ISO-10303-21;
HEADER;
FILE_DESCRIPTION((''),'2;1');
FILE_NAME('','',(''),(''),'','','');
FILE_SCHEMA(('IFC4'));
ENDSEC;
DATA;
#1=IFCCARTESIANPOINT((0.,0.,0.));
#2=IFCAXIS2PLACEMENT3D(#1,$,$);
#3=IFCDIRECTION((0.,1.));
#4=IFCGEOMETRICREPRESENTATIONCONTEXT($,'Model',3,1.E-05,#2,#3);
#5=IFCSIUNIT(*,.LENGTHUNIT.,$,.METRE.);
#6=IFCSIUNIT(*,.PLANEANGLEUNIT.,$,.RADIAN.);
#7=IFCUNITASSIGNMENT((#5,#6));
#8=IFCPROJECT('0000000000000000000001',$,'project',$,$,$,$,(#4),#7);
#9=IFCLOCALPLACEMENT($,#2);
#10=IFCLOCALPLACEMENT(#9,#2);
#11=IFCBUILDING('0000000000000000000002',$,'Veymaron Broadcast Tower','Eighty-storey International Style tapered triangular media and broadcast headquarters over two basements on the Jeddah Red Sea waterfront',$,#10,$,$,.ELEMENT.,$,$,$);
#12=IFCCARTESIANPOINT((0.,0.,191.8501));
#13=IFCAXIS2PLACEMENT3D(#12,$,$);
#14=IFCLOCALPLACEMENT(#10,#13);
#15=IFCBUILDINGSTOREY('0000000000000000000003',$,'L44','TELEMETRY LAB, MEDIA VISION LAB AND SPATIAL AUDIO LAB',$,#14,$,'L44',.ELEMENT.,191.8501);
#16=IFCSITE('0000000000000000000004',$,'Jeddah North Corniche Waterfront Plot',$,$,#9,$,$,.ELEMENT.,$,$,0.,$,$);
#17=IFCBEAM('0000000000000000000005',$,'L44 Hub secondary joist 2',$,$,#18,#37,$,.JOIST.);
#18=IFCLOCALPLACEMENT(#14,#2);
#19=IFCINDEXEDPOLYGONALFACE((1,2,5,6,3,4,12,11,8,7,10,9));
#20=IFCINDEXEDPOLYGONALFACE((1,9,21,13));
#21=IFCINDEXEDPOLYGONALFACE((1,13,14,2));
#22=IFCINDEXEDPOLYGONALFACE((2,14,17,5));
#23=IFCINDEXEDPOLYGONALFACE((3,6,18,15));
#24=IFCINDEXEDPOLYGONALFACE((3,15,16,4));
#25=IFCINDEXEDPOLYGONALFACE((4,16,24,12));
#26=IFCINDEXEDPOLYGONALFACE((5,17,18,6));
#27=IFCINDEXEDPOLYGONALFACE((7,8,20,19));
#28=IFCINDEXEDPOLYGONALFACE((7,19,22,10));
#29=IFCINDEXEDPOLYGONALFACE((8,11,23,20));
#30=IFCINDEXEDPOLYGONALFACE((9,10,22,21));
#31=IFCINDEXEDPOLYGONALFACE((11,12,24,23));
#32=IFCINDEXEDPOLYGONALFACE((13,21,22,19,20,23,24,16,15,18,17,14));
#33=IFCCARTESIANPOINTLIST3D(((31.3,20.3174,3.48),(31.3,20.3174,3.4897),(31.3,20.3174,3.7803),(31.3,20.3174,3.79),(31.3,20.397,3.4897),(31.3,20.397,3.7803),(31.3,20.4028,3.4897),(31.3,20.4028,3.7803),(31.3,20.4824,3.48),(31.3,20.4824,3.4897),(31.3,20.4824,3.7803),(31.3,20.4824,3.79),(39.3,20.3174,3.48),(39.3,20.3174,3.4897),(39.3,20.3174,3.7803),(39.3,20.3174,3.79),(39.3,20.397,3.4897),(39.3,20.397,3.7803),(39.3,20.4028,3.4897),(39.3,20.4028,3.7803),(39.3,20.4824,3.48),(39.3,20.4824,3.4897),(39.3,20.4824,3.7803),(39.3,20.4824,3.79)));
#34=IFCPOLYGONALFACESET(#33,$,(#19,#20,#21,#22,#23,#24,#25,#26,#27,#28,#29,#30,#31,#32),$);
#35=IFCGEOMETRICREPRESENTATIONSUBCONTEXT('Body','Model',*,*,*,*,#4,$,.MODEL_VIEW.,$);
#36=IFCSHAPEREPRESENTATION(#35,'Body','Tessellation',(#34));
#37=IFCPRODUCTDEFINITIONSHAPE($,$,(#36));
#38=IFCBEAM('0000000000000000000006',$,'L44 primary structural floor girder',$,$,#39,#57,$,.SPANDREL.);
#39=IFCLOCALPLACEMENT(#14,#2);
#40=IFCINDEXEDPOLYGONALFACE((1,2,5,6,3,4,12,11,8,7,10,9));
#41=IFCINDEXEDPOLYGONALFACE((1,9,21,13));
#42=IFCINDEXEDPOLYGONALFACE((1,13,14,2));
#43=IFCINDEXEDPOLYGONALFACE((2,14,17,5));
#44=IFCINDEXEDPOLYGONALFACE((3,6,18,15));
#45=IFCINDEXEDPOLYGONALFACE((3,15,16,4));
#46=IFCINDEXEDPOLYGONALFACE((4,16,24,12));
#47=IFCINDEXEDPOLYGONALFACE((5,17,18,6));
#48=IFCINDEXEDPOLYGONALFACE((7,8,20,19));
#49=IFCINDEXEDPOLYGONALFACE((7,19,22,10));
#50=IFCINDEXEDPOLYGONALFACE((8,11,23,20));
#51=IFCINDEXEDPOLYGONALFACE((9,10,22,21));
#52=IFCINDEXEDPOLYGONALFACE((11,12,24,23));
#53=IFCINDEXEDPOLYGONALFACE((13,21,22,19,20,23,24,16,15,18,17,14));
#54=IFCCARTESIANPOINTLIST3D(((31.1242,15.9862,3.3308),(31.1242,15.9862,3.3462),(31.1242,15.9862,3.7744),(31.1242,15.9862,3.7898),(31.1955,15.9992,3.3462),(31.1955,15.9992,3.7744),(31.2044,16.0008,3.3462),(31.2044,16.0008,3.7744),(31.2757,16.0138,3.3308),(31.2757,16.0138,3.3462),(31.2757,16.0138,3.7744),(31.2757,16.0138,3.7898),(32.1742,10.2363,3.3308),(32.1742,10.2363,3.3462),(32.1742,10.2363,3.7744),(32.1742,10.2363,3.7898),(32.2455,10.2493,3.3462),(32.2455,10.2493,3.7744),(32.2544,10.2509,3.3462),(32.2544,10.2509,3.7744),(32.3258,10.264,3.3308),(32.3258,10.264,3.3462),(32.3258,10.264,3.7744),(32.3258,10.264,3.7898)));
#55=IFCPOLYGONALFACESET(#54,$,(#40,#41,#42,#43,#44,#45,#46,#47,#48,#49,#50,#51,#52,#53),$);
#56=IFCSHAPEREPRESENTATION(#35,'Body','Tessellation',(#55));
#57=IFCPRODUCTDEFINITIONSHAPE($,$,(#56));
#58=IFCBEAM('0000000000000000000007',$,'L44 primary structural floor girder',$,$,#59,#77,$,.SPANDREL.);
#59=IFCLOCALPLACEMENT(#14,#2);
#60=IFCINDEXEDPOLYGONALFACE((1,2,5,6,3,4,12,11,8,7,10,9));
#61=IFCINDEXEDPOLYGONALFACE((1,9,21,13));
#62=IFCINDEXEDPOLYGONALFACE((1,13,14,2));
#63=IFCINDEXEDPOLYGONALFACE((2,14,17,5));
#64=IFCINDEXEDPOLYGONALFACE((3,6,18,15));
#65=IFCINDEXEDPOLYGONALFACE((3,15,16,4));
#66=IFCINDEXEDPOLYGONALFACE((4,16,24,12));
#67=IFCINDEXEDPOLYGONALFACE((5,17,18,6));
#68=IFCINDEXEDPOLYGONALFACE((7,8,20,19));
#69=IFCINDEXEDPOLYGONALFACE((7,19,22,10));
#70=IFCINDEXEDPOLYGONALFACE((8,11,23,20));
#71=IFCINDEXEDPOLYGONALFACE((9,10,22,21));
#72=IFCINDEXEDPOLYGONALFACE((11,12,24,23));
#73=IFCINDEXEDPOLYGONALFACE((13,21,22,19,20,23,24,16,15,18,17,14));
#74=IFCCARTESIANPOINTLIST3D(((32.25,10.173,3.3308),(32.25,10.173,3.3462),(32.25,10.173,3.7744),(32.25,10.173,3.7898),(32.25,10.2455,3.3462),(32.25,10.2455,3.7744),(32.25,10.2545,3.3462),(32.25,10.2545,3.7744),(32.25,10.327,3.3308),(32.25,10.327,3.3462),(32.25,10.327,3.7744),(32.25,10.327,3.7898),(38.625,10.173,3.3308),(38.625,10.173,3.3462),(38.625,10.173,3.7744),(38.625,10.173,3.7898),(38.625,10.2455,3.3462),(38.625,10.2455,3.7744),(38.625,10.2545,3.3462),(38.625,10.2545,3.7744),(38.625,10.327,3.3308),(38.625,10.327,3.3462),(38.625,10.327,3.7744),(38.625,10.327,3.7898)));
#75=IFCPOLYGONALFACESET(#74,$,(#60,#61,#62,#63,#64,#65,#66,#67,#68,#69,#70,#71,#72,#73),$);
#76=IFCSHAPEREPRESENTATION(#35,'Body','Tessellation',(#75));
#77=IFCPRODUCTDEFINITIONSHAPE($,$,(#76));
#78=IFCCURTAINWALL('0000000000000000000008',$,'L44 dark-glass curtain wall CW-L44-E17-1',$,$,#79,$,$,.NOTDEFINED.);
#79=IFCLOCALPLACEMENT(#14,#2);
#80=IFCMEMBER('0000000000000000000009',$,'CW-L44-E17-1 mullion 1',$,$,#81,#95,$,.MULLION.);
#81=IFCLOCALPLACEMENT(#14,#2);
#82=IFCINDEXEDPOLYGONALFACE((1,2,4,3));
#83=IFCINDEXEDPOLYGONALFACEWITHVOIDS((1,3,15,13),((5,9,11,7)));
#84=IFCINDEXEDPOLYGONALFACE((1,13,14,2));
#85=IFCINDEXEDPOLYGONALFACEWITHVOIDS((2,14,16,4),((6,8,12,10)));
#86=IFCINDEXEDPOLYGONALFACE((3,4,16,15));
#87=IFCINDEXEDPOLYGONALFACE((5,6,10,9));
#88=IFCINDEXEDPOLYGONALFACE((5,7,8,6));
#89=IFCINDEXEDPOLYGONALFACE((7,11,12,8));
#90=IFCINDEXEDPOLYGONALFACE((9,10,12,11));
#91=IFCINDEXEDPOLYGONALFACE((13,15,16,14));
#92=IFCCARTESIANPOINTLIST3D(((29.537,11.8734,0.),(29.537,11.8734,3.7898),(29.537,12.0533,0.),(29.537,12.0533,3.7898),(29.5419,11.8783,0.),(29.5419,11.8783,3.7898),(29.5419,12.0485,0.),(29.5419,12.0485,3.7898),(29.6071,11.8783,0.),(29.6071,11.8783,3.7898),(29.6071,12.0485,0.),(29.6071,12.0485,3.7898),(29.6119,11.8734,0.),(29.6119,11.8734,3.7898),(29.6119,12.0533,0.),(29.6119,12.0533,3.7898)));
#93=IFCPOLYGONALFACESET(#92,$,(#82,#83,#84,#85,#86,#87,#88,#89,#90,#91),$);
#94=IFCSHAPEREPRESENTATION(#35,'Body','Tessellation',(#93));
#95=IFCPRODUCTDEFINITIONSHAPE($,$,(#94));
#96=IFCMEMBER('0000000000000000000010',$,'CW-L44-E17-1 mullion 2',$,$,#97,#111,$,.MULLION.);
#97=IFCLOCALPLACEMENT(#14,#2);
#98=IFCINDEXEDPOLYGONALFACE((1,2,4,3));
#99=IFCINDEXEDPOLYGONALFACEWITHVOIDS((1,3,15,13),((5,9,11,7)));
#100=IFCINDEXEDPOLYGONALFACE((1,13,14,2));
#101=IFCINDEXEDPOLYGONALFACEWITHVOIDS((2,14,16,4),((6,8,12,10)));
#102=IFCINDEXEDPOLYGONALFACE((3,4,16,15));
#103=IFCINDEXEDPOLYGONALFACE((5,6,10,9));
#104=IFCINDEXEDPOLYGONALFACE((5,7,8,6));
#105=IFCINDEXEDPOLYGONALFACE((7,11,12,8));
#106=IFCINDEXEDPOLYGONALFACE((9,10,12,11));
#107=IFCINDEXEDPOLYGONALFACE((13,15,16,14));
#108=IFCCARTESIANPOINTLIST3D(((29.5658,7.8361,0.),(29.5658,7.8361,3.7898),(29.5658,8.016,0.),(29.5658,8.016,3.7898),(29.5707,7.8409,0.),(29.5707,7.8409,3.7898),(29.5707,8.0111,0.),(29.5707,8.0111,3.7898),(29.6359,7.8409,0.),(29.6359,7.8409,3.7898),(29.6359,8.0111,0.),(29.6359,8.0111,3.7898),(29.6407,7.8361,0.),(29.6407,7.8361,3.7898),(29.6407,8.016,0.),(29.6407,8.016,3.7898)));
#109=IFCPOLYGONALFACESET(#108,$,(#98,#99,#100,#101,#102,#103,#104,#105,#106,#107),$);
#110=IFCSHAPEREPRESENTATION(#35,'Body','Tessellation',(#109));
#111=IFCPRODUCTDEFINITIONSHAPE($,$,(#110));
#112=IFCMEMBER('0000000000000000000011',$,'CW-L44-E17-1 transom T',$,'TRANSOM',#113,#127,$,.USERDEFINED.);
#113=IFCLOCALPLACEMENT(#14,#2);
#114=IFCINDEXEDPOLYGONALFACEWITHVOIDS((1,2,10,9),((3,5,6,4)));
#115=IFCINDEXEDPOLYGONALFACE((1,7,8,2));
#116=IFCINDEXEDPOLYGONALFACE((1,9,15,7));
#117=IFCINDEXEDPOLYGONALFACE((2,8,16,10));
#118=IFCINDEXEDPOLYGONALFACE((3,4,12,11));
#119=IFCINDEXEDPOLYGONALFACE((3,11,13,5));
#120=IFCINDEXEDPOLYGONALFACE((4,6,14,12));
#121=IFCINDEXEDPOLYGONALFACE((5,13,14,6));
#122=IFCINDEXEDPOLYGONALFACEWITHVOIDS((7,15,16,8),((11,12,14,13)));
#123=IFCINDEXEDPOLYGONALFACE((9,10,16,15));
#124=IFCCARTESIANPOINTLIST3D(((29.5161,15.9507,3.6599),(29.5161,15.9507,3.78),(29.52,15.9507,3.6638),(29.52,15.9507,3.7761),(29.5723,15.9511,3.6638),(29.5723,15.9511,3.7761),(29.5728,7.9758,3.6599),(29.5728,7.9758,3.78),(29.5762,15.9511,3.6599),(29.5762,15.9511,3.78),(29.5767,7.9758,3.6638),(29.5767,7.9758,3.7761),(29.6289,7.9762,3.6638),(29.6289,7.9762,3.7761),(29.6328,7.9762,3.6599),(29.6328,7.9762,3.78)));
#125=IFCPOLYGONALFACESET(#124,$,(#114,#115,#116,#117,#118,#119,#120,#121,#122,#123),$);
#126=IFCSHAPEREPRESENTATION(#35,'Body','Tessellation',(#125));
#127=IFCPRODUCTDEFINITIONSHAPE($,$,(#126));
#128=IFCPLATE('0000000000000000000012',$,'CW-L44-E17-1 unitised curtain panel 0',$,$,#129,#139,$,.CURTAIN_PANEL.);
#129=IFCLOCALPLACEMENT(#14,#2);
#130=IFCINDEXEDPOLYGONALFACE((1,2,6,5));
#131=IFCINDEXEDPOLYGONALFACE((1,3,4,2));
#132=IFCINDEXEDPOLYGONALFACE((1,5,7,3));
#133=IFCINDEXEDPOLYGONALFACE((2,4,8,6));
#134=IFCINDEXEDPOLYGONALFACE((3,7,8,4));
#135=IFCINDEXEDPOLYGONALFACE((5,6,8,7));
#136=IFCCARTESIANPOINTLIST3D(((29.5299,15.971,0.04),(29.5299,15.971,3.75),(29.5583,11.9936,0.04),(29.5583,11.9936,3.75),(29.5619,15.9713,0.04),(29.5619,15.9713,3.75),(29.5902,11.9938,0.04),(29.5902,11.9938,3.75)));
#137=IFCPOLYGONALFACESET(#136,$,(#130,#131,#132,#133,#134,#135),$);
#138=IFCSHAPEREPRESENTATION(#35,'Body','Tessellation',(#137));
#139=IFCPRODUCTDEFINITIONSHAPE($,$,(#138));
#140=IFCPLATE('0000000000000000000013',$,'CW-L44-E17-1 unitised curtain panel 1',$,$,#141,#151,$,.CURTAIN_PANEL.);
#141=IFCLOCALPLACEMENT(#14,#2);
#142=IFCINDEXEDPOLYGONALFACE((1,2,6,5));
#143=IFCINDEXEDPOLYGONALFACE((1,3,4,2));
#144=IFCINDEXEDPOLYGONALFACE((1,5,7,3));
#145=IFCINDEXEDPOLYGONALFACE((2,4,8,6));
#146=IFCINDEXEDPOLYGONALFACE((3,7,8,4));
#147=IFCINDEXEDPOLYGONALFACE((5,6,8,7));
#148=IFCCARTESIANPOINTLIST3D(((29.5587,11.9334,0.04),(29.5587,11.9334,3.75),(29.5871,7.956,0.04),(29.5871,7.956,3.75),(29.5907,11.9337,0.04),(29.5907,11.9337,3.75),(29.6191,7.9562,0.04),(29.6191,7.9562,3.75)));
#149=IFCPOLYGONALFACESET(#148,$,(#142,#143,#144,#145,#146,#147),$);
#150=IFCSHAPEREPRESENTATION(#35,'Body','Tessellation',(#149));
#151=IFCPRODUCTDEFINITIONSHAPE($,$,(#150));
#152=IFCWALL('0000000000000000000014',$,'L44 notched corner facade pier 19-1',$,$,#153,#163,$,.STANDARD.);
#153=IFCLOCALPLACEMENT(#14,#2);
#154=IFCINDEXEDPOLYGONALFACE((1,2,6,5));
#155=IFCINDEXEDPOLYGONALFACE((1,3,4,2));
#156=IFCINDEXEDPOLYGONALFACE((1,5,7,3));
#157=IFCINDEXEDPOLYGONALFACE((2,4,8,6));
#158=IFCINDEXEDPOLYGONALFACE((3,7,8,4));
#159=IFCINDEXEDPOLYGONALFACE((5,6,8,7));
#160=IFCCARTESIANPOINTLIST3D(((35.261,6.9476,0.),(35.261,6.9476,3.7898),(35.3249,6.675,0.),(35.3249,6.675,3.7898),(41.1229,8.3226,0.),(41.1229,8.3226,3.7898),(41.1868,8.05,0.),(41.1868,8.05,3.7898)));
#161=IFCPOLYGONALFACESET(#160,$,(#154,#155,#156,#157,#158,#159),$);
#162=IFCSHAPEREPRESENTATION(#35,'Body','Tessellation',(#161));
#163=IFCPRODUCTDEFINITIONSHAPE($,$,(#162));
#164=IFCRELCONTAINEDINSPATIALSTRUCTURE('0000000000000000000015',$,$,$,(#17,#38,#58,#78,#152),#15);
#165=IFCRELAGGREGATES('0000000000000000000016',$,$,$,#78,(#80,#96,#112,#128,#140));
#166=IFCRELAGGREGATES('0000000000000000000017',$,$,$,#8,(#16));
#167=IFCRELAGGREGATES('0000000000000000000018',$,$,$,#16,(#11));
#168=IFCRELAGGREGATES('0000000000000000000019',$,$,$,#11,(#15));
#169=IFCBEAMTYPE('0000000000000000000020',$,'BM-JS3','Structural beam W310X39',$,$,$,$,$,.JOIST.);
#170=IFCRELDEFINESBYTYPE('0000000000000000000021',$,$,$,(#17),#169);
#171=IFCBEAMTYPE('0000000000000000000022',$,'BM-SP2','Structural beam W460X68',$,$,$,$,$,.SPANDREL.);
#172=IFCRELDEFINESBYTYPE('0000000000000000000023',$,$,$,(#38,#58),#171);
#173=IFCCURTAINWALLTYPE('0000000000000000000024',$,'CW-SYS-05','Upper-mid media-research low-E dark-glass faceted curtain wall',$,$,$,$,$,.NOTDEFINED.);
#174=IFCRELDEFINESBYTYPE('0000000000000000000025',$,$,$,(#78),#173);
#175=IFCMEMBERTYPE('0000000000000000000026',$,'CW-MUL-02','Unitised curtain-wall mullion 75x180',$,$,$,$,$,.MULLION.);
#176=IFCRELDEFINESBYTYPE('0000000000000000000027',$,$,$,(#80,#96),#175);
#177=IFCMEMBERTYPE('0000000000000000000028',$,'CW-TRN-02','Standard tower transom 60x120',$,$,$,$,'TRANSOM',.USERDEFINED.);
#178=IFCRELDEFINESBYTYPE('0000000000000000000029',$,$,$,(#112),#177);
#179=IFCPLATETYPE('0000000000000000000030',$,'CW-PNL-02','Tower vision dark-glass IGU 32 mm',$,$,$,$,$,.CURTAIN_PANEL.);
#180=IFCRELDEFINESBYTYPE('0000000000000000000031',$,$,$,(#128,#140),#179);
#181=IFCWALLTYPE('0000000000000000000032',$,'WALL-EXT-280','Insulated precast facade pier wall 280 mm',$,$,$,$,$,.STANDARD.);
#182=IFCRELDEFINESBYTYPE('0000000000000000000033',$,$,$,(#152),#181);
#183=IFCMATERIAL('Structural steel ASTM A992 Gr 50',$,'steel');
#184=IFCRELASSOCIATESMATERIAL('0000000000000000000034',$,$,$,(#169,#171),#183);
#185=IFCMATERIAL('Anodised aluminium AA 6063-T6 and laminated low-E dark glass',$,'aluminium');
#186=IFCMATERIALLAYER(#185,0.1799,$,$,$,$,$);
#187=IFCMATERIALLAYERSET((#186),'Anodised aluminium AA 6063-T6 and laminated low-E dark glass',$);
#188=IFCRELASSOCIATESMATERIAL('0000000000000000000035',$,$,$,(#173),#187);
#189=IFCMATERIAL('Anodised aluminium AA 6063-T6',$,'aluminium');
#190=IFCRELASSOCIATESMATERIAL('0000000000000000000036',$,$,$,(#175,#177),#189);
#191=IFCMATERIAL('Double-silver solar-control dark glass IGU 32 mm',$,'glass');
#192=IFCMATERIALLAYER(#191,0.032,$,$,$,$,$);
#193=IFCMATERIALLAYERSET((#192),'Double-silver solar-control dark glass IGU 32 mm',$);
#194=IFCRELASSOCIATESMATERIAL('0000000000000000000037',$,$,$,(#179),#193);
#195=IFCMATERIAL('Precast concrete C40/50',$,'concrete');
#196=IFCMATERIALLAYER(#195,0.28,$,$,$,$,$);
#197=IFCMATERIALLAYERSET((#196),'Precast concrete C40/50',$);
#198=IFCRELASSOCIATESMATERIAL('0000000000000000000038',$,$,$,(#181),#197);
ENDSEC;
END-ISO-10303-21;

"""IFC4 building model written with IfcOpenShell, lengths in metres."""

from ifc_helpers import new_model, si_unit, direction, frame, frame_2d, origin, origin_2d, place, context, subcontext, project, spatial, rectangle, hollow_rectangle, i_section, extrude, material, layer, layer_set, material_profile, profile_set, type_object, element, aggregate, save


model = new_model("IFC4")

# Units and contexts
model_context = context("Model", 3, precision=1e-05, world=origin(), true_north=direction((0.0, 1.0)))
body_context = subcontext(model_context, "Body", "Model", "MODEL_VIEW")
ifc_project = project(units=[si_unit("LENGTHUNIT", "METRE"), si_unit("PLANEANGLEUNIT", "RADIAN")], contexts=[model_context])

# Site, building, storey
site_placement = place(None, origin())
site = spatial("IfcSite", under=ifc_project, at=site_placement, Name="Jeddah North Corniche Waterfront Plot", CompositionType="ELEMENT", RefElevation=0.0)
building_placement = place(site_placement, origin())
building = spatial("IfcBuilding", under=site, at=building_placement, Name="Veymaron Broadcast Tower", Description="Eighty-storey International Style tapered triangular media and broadcast headquarters over two basements on the Jeddah Red Sea waterfront", CompositionType="ELEMENT")
storey_placement = place(building_placement, frame((0.0, 0.0, 191.8501)))
storey = spatial("IfcBuildingStorey", under=building, at=storey_placement, Name="L44", Description="TELEMETRY LAB, MEDIA VISION LAB AND SPATIAL AUDIO LAB", LongName="L44", CompositionType="ELEMENT", Elevation=191.8501)

# Shared definitions
ifc_material_1 = material(Name="Structural steel ASTM A992 Gr 50", Category="steel")

# Beams
ifc_material_profile_1 = material_profile(ifc_material_1, i_section(OverallWidth=0.165, OverallDepth=0.3101, WebThickness=0.0059, FlangeThickness=0.0098, at=origin_2d()), Name="W310X39")
ifc_profile_set_1 = profile_set([ifc_material_profile_1], Name="Structural steel ASTM A992 Gr 50")
beam_type_1 = type_object("IfcBeamType", Name="BM-JS3", Description="Structural beam W310X39", PredefinedType="JOIST", material=ifc_profile_set_1)
for number, where, z_axis, x_axis, name in (
    (1, (31.3, 20.3999, 3.635), (1.0, 0.0, 0.0), (0.0, 1.0, 0.0), "L44 Hub secondary joist 2"),
):
    element("IfcBeam", number, at=place(storey_placement, frame(where, z_axis=z_axis, x_axis=x_axis)), inside=storey, type_object=beam_type_1, Name=name, PredefinedType="JOIST", context=body_context, shape_type="SweptSolid", body=[
        extrude(i_section(OverallWidth=0.165, OverallDepth=0.3101, WebThickness=0.0059, FlangeThickness=0.0098, at=origin_2d()), origin(), (0.0, 0.0, 1.0), 8.0),
    ])
ifc_material_profile_2 = material_profile(ifc_material_1, i_section(OverallWidth=0.1541, OverallDepth=0.459, WebThickness=0.009, FlangeThickness=0.0154, at=origin_2d()), Name="W460X68")
ifc_profile_set_2 = profile_set([ifc_material_profile_2], Name="Structural steel ASTM A992 Gr 50")
beam_type_2 = type_object("IfcBeamType", Name="BM-SP2", Description="Structural beam W460X68", PredefinedType="SPANDREL", material=ifc_profile_set_2)
beam_1_placement = place(storey_placement, frame((31.2, 16.0, 3.5603), z_axis=(0.179646, -0.983731, 0.0), x_axis=(0.983731, 0.179646, 0.0)))
element("IfcBeam", 2, at=beam_1_placement, inside=storey, type_object=beam_type_2, Name="L44 primary structural floor girder", PredefinedType="SPANDREL", context=body_context, shape_type="SweptSolid", body=[
    extrude(i_section(OverallWidth=0.1541, OverallDepth=0.459, WebThickness=0.009, FlangeThickness=0.0154, at=origin_2d()), origin(), (0.0, 0.0, 1.0), 5.845),
])
beam_2_placement = place(storey_placement, frame((32.25, 10.25, 3.5603), z_axis=(1.0, 0.0, 0.0), x_axis=(0.0, 1.0, 0.0)))
element("IfcBeam", 3, at=beam_2_placement, inside=storey, type_object=beam_type_2, Name="L44 primary structural floor girder", PredefinedType="SPANDREL", context=body_context, shape_type="SweptSolid", body=[
    extrude(i_section(OverallWidth=0.1541, OverallDepth=0.459, WebThickness=0.009, FlangeThickness=0.0154, at=origin_2d()), origin(), (0.0, 0.0, 1.0), 6.375),
])

# Curtain wall, members, plates
ifc_material_2 = material(Name="Anodised aluminium AA 6063-T6 and laminated low-E dark glass", Category="aluminium")
ifc_layer_1 = layer(ifc_material_2, 0.1799)
ifc_layer_set_1 = layer_set([ifc_layer_1], Name="Anodised aluminium AA 6063-T6 and laminated low-E dark glass")
curtain_wall_type = type_object("IfcCurtainWallType", Name="CW-SYS-05", Description="Upper-mid media-research low-E dark-glass faceted curtain wall", PredefinedType="NOTDEFINED", material=ifc_layer_set_1)
curtain_wall_placement = place(storey_placement, origin())
curtain_wall = element("IfcCurtainWall", 4, at=curtain_wall_placement, inside=storey, type_object=curtain_wall_type, Name="L44 dark-glass curtain wall CW-L44-E17-1", PredefinedType="NOTDEFINED")
ifc_material_3 = material(Name="Anodised aluminium AA 6063-T6", Category="aluminium")
ifc_material_profile_3 = material_profile(ifc_material_3, hollow_rectangle(XDim=0.075, YDim=0.1799, WallThickness=0.0049, at=origin_2d()), Name="AL180X75X5")
ifc_profile_set_3 = profile_set([ifc_material_profile_3], Name="Anodised aluminium AA 6063-T6")
member_type_1 = type_object("IfcMemberType", Name="CW-MUL-02", Description="Unitised curtain-wall mullion 75x180", PredefinedType="MULLION", material=ifc_profile_set_3)
member_1_placement = place(storey_placement, frame((29.5745, 11.9634, 0.0), z_axis=(0.0, 0.0, 1.0), x_axis=(1.0, 0.0, 0.0)))
member_1 = element("IfcMember", 5, at=member_1_placement, type_object=member_type_1, Name="CW-L44-E17-1 mullion 1", PredefinedType="MULLION", context=body_context, shape_type="SweptSolid", body=[
    extrude(hollow_rectangle(XDim=0.075, YDim=0.1799, WallThickness=0.0049, at=origin_2d()), origin(), (0.0, 0.0, 1.0), 3.7898),
])
member_2_placement = place(storey_placement, frame((29.6033, 7.926, 0.0), z_axis=(0.0, 0.0, 1.0), x_axis=(1.0, 0.0, 0.0)))
member_2 = element("IfcMember", 6, at=member_2_placement, type_object=member_type_1, Name="CW-L44-E17-1 mullion 2", PredefinedType="MULLION", context=body_context, shape_type="SweptSolid", body=[
    extrude(hollow_rectangle(XDim=0.075, YDim=0.1799, WallThickness=0.0049, at=origin_2d()), origin(), (0.0, 0.0, 1.0), 3.7898),
])
ifc_material_profile_4 = material_profile(ifc_material_3, hollow_rectangle(XDim=0.0601, YDim=0.1201, WallThickness=0.0039, at=origin_2d()), Name="AL120X60X4")
ifc_profile_set_4 = profile_set([ifc_material_profile_4], Name="Anodised aluminium AA 6063-T6")
member_type_2 = type_object("IfcMemberType", Name="CW-TRN-02", Description="Standard tower transom 60x120", ElementType="TRANSOM", PredefinedType="USERDEFINED", material=ifc_profile_set_4)
member_3_placement = place(storey_placement, frame((29.5461, 15.9509, 3.72), z_axis=(0.007102, -0.999975, 0.0), x_axis=(0.999975, 0.007102, 0.0)))
member_3 = element("IfcMember", 7, at=member_3_placement, type_object=member_type_2, Name="CW-L44-E17-1 transom T", ObjectType="TRANSOM", PredefinedType="USERDEFINED", context=body_context, shape_type="SweptSolid", body=[
    extrude(hollow_rectangle(XDim=0.0601, YDim=0.1201, WallThickness=0.0039, at=origin_2d()), origin(), (0.0, 0.0, 1.0), 7.9751),
])
ifc_material_4 = material(Name="Double-silver solar-control dark glass IGU 32 mm", Category="glass")
ifc_layer_2 = layer(ifc_material_4, 0.032)
ifc_layer_set_2 = layer_set([ifc_layer_2], Name="Double-silver solar-control dark glass IGU 32 mm")
plate_type = type_object("IfcPlateType", Name="CW-PNL-02", Description="Tower vision dark-glass IGU 32 mm", PredefinedType="CURTAIN_PANEL", material=ifc_layer_set_2)
plate_1_placement = place(storey_placement, frame((29.5601, 13.9824, 0.04), z_axis=(0.0, 0.0, 1.0), x_axis=(0.007138, -0.999975, 0.0)))
plate_1 = element("IfcPlate", 8, at=plate_1_placement, type_object=plate_type, Name="CW-L44-E17-1 unitised curtain panel 0", PredefinedType="CURTAIN_PANEL", context=body_context, shape_type="SweptSolid", body=[
    extrude(rectangle(XDim=3.9775, YDim=0.032, at=origin_2d()), origin(), (0.0, 0.0, 1.0), 3.71),
])
plate_2_placement = place(storey_placement, frame((29.5889, 9.9448, 0.04), z_axis=(0.0, 0.0, 1.0), x_axis=(0.007138, -0.999975, 0.0)))
plate_2 = element("IfcPlate", 9, at=plate_2_placement, type_object=plate_type, Name="CW-L44-E17-1 unitised curtain panel 1", PredefinedType="CURTAIN_PANEL", context=body_context, shape_type="SweptSolid", body=[
    extrude(rectangle(XDim=3.9775, YDim=0.032, at=origin_2d()), origin(), (0.0, 0.0, 1.0), 3.71),
])
aggregate(curtain_wall, [member_1, member_2, member_3, plate_1, plate_2])

# Wall
ifc_material_5 = material(Name="Precast concrete C40/50", Category="concrete")
ifc_layer_3 = layer(ifc_material_5, 0.28)
ifc_layer_set_3 = layer_set([ifc_layer_3], Name="Precast concrete C40/50")
wall_type_1 = type_object("IfcWallType", Name="WALL-EXT-280", Description="Insulated precast facade pier wall 280 mm", PredefinedType="STANDARD", material=ifc_layer_set_3)
wall_1_placement = place(storey_placement, frame((35.293, 6.8113, 0.0), z_axis=(0.0, 0.0, 1.0), x_axis=(0.973574, 0.22837, 0.0)))
element("IfcWall", 10, at=wall_1_placement, inside=storey, type_object=wall_type_1, Name="L44 notched corner facade pier 19-1", PredefinedType="STANDARD", context=body_context, shape_type="SweptSolid", body=[
    extrude(rectangle(XDim=6.021, YDim=0.28, at=frame_2d((3.0105, 0.0))), origin(), (0.0, 0.0, 1.0), 3.7898),
])

save(model, "model.ifc")
